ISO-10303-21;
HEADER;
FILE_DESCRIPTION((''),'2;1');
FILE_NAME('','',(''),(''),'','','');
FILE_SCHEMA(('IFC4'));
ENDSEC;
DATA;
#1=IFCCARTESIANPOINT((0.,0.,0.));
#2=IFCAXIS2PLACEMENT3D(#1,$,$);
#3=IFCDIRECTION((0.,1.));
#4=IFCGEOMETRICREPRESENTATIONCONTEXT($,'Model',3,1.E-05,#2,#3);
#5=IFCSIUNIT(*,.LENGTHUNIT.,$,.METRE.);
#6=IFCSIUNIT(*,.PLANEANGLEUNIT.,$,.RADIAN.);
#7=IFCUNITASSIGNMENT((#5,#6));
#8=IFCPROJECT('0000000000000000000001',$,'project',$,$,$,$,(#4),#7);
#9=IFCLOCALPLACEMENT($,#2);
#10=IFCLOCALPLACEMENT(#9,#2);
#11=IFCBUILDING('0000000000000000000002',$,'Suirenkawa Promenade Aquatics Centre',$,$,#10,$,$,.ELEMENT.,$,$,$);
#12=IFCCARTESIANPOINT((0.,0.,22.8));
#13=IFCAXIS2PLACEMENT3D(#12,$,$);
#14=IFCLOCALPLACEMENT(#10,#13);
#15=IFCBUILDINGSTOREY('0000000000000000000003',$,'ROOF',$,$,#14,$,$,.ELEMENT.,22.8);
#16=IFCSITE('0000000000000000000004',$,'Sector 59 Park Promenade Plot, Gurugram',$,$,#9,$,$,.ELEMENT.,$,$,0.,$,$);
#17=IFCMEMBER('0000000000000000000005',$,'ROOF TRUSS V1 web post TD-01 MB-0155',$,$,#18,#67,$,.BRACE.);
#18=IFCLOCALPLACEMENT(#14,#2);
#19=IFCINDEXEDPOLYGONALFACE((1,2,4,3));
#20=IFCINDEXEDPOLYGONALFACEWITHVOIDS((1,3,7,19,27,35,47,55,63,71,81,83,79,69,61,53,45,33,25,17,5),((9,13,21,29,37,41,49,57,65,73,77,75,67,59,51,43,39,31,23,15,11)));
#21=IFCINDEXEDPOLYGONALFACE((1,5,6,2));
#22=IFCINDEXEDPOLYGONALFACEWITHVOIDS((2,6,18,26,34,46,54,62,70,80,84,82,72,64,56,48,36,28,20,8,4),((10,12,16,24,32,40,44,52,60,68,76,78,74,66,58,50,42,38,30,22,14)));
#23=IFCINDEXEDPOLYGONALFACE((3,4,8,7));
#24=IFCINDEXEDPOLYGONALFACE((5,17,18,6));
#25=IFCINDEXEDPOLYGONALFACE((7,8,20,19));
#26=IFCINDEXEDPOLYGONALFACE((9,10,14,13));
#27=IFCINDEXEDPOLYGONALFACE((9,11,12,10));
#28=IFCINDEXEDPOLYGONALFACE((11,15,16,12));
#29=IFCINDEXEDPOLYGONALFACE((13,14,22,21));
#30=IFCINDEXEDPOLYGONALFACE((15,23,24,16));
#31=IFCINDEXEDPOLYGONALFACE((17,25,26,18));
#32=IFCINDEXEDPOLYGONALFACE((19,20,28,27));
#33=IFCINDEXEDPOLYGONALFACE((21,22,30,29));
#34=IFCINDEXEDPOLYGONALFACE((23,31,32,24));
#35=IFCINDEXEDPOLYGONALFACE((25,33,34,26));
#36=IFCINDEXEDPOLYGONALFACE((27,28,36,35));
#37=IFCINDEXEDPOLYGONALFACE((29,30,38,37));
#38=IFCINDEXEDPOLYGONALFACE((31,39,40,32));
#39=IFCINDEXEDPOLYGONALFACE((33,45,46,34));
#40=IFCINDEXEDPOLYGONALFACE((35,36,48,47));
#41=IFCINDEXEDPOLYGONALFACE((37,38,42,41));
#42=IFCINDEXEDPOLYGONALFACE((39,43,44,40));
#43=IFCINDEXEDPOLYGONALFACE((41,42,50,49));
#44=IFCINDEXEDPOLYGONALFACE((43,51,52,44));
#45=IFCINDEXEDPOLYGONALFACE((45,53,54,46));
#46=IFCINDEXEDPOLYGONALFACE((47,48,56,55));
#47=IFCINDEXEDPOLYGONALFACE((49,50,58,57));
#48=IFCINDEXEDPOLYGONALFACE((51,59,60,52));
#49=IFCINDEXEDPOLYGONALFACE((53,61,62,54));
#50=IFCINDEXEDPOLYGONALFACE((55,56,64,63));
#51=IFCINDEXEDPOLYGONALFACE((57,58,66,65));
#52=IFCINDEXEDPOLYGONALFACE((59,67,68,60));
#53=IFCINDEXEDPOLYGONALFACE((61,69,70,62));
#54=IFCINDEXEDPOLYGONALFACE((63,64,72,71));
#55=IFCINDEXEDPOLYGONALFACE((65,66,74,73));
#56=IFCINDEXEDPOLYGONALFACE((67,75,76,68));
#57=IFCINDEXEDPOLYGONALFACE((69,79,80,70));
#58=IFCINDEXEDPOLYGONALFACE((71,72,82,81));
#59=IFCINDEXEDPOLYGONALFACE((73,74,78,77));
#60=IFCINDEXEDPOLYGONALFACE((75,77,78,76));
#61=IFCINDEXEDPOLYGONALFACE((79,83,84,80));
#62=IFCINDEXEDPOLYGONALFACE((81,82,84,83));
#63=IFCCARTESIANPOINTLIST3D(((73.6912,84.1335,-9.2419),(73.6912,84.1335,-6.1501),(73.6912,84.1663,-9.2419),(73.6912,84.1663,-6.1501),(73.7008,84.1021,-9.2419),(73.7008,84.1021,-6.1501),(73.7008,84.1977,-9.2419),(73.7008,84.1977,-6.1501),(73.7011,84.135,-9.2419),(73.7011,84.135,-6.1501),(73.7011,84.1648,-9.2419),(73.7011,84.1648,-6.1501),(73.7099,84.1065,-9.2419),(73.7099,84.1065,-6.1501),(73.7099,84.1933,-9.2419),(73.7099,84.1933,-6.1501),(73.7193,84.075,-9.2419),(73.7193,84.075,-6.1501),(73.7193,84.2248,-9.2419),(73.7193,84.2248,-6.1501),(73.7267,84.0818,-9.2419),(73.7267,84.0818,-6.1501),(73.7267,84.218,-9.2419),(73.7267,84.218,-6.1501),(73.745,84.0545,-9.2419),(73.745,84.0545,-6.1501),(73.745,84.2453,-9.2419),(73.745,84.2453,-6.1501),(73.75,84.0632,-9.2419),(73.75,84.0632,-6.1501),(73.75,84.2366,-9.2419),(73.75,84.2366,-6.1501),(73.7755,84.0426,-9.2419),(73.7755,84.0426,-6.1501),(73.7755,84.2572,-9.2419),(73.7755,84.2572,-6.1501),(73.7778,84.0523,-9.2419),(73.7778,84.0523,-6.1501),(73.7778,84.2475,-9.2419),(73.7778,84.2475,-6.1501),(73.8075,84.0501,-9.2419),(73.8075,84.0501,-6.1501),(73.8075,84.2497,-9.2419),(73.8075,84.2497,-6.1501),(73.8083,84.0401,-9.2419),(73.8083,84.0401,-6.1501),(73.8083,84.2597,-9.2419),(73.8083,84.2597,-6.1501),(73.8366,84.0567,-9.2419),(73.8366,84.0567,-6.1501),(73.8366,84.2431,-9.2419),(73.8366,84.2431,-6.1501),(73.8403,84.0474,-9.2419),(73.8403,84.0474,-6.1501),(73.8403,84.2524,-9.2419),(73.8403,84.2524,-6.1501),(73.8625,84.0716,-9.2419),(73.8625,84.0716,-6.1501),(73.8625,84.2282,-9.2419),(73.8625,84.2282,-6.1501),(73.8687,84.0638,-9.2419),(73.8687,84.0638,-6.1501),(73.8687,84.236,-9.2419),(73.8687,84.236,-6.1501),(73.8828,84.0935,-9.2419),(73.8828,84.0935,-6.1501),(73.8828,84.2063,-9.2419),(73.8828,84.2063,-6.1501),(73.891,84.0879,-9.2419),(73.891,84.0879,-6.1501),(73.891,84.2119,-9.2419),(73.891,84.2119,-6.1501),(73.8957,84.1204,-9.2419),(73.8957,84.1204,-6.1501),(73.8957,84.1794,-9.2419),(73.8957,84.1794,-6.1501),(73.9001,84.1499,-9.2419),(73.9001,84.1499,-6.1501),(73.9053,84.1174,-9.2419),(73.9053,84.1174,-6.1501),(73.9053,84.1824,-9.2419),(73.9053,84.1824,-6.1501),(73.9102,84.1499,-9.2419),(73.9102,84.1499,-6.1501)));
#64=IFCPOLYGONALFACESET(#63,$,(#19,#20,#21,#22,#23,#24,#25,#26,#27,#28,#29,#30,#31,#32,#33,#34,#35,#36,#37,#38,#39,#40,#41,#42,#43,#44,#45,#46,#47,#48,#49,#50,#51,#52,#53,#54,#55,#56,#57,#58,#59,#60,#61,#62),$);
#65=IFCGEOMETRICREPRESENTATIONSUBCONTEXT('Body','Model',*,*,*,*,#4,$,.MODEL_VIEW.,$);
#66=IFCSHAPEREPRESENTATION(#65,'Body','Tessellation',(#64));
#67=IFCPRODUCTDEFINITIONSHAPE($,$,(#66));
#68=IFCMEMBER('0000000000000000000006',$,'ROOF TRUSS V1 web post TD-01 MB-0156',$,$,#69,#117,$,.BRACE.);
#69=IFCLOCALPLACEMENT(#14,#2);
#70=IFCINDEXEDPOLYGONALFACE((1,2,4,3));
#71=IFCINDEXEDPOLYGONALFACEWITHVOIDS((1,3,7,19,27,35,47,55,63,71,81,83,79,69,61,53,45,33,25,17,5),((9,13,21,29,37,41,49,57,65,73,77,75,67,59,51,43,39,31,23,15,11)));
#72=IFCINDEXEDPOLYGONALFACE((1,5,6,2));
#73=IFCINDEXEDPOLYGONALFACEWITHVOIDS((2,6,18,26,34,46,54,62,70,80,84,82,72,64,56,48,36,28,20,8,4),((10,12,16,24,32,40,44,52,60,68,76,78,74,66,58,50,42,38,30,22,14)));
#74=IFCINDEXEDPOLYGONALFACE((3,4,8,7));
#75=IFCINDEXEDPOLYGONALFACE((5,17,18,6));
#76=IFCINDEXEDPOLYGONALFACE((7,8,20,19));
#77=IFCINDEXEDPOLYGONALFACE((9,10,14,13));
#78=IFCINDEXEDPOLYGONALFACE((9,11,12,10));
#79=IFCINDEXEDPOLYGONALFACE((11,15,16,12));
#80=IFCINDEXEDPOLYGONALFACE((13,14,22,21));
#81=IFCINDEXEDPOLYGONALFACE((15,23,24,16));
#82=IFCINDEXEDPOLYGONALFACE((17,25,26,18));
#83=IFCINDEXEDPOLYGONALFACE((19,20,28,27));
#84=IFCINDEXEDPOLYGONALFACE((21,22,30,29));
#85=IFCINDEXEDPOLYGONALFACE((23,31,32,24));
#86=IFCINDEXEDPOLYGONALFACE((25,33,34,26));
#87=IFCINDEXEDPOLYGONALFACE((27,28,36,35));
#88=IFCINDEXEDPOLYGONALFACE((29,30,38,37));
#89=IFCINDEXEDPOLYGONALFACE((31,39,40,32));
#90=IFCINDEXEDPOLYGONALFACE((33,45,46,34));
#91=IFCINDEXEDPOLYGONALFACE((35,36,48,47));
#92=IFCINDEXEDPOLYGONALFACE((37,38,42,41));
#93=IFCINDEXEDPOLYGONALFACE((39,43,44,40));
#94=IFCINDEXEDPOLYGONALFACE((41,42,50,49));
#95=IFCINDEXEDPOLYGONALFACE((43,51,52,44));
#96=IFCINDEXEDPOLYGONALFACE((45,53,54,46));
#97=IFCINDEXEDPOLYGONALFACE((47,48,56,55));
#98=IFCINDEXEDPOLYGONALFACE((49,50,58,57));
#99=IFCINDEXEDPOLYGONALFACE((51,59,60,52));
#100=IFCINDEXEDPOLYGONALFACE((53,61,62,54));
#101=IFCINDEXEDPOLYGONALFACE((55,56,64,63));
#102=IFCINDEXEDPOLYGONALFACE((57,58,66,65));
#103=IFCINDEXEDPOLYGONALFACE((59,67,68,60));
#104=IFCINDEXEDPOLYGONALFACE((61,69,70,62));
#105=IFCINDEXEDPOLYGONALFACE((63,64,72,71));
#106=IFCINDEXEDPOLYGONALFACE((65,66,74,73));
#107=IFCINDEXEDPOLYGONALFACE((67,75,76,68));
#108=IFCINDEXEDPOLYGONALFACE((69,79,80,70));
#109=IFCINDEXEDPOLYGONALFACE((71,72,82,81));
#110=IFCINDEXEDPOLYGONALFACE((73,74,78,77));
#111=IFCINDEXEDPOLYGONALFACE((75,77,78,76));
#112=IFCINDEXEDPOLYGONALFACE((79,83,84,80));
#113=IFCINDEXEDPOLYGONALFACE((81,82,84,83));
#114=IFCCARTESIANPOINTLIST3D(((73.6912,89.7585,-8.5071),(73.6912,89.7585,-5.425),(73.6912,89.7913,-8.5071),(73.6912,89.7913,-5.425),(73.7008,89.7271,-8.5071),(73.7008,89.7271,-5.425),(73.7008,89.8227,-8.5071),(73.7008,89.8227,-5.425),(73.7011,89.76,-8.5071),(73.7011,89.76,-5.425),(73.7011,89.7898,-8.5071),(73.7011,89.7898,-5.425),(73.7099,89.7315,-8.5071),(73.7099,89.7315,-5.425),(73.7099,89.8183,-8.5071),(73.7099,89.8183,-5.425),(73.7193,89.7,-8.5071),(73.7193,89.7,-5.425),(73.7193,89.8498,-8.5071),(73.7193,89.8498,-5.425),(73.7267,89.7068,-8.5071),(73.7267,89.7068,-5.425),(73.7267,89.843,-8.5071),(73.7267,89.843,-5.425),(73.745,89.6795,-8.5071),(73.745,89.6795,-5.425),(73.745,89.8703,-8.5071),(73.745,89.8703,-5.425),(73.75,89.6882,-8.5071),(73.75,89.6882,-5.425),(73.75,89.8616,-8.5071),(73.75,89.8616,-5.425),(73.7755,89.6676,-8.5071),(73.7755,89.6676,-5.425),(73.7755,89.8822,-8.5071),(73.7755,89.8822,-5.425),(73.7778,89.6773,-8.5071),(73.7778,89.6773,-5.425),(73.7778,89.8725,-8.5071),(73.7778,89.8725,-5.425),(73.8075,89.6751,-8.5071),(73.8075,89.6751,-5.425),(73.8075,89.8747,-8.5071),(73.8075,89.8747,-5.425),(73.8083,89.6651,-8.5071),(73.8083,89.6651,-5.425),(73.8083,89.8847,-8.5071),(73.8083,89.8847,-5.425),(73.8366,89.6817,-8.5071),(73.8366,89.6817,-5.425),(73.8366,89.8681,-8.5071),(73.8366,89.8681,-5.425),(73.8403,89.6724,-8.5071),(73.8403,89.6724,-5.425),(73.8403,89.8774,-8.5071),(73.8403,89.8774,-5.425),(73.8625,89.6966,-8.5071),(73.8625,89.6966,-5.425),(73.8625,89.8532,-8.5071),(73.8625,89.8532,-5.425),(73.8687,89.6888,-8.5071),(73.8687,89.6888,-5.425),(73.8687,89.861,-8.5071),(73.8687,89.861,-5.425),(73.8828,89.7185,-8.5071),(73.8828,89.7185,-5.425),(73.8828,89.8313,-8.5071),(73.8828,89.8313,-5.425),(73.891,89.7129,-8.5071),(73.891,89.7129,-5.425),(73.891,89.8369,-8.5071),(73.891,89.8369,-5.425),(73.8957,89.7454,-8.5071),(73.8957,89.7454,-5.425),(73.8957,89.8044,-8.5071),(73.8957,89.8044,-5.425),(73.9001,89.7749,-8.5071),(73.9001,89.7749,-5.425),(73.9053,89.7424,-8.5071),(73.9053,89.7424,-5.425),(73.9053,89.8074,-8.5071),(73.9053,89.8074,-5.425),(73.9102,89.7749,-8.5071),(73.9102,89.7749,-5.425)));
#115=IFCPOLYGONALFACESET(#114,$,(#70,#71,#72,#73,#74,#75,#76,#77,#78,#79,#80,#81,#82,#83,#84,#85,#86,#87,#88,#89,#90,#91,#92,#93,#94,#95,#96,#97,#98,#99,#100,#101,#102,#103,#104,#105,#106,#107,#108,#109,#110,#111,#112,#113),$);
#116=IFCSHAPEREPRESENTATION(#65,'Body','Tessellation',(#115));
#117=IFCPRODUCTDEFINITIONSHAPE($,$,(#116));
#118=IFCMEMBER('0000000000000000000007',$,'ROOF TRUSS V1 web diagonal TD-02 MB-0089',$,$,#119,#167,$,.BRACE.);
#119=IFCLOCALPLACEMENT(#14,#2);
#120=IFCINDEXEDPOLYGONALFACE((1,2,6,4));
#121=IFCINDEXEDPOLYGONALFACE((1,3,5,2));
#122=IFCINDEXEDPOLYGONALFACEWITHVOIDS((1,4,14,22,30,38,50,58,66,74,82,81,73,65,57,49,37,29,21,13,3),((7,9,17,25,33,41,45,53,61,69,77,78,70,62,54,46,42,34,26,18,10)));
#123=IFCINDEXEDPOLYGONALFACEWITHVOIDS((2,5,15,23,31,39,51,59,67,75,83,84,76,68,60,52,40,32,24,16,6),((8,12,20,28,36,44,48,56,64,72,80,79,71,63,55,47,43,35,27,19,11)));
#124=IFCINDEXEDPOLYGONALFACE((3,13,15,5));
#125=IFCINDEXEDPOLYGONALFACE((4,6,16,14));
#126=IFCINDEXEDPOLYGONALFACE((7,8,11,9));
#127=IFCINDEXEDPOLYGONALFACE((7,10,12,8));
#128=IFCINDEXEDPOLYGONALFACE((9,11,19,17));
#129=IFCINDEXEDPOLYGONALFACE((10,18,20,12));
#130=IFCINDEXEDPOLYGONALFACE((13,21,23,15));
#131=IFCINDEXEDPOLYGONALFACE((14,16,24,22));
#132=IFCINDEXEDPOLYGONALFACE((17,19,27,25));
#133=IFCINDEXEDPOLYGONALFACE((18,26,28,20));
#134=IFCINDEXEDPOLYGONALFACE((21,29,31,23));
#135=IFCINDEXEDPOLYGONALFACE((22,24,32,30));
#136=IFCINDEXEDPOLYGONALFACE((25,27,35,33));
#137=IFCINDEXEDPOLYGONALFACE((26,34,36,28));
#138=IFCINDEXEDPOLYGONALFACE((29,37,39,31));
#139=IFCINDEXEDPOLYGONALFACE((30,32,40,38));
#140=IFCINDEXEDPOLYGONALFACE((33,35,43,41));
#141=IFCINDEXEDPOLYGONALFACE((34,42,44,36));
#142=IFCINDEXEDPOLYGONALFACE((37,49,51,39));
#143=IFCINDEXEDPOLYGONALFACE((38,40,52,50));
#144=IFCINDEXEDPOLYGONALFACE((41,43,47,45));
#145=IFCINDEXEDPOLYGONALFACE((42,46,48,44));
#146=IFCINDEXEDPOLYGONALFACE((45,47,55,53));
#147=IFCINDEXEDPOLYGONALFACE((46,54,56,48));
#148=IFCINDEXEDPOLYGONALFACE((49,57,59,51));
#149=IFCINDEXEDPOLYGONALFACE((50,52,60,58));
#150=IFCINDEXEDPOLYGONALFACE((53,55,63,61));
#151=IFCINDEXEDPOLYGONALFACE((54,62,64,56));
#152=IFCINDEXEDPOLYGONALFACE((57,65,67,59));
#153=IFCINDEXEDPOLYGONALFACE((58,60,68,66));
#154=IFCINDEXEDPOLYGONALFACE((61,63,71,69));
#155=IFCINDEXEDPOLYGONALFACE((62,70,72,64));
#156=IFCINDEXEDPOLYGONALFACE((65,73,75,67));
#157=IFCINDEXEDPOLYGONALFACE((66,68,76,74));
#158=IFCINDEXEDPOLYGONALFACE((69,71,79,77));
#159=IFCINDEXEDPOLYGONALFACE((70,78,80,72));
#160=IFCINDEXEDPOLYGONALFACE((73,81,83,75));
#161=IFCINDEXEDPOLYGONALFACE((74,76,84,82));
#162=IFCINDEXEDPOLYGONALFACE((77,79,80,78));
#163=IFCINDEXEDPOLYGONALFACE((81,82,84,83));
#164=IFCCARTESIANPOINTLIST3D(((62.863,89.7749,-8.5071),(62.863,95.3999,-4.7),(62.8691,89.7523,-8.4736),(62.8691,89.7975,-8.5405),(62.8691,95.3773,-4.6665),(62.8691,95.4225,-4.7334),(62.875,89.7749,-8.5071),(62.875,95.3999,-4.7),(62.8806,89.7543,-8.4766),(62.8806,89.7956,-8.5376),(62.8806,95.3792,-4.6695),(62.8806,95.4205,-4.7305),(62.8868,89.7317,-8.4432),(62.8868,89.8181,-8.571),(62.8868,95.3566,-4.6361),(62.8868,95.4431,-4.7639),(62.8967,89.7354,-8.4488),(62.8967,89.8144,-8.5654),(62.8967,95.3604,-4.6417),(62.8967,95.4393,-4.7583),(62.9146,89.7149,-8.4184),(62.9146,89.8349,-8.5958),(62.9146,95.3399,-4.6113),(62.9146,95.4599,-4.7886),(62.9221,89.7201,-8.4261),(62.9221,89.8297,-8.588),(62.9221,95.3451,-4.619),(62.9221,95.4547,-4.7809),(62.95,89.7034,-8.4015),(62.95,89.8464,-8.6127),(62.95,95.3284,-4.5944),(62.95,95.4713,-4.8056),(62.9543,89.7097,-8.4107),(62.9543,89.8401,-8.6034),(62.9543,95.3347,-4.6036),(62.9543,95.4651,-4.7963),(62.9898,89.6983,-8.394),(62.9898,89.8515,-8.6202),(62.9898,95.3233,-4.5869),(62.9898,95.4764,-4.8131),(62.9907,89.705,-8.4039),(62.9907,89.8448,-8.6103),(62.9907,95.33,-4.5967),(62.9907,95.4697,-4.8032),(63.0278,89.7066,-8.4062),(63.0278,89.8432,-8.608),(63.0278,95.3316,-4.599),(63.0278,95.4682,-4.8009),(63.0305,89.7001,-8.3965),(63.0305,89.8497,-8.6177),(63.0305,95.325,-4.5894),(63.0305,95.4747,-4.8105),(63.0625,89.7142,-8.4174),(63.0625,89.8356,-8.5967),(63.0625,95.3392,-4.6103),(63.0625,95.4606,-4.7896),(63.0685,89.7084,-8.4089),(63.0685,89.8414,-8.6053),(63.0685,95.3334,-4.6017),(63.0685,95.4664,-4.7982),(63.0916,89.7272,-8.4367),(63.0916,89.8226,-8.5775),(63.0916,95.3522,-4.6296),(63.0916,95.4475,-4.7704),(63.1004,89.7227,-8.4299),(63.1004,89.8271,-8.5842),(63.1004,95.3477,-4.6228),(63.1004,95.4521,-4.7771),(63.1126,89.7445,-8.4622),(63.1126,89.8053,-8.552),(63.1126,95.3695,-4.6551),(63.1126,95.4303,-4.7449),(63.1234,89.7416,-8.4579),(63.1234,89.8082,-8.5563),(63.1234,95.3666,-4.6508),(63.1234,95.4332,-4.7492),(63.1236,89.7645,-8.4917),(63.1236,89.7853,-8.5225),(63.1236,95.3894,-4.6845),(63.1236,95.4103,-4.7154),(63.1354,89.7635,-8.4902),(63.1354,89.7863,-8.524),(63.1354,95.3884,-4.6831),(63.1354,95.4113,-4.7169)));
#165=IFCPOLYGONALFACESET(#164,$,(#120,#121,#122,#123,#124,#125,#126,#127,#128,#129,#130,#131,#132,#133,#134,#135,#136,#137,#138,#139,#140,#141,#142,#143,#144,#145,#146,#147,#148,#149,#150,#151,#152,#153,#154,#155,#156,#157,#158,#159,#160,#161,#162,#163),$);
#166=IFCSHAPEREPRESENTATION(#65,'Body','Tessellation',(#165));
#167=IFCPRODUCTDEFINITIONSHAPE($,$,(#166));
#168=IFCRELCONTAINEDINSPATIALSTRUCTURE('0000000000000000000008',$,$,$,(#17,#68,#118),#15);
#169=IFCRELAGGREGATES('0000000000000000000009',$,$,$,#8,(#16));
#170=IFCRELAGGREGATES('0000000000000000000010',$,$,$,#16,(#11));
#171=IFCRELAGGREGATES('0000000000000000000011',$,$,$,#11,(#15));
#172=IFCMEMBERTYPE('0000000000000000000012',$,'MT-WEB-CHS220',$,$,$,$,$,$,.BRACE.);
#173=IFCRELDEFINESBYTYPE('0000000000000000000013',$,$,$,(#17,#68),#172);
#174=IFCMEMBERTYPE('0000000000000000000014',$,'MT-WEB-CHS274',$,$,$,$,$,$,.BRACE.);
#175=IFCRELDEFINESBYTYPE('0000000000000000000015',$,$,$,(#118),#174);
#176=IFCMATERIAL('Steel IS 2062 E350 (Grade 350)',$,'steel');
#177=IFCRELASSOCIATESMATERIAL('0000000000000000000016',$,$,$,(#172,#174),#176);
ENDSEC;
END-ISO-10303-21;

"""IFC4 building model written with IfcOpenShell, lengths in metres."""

from ifc_helpers import new_model, si_unit, direction, frame, origin, origin_2d, place, context, subcontext, project, spatial, hollow_circle, extrude, material, material_profile, profile_set, type_object, element, save


model = new_model("IFC4")

# Units and contexts
model_context = context("Model", 3, precision=1e-05, world=origin(), true_north=direction((0.0, 1.0)))
body_context = subcontext(model_context, "Body", "Model", "MODEL_VIEW")
ifc_project = project(units=[si_unit("LENGTHUNIT", "METRE"), si_unit("PLANEANGLEUNIT", "RADIAN")], contexts=[model_context])

# Site, building, storey
site_placement = place(None, origin())
site = spatial("IfcSite", under=ifc_project, at=site_placement, Name="Sector 59 Park Promenade Plot, Gurugram", CompositionType="ELEMENT", RefElevation=0.0)
building_placement = place(site_placement, origin())
building = spatial("IfcBuilding", under=site, at=building_placement, Name="Suirenkawa Promenade Aquatics Centre", CompositionType="ELEMENT")
storey_placement = place(building_placement, frame((0.0, 0.0, 22.8)))
storey = spatial("IfcBuildingStorey", under=building, at=storey_placement, Name="ROOF", CompositionType="ELEMENT", Elevation=22.8)

# Shared definitions
ifc_material = material(Name="Steel IS 2062 E350 (Grade 350)", Category="steel")

# Members
ifc_material_profile_1 = material_profile(ifc_material, hollow_circle(Radius=0.1101, WallThickness=0.01, at=origin_2d()), Name="CHS 220x10", Category="steel")
ifc_profile_set_1 = profile_set([ifc_material_profile_1], Name="Steel IS 2062 E350 (Grade 350)")
member_type_1 = type_object("IfcMemberType", Name="MT-WEB-CHS220", PredefinedType="BRACE", material=ifc_profile_set_1)
member_1_placement = place(storey_placement, frame((73.8, 84.1499, -9.2419), z_axis=(0.0, 0.0, 1.0), x_axis=(1.0, 0.0, 0.0)))
element("IfcMember", 1, at=member_1_placement, inside=storey, type_object=member_type_1, Name="ROOF TRUSS V1 web post TD-01 MB-0155", PredefinedType="BRACE", context=body_context, shape_type="SweptSolid", body=[
    extrude(hollow_circle(Radius=0.1101, WallThickness=0.01, at=origin_2d()), origin(), (0.0, 0.0, 1.0), 3.0918),
])
member_2_placement = place(storey_placement, frame((73.8, 89.7749, -8.5071), z_axis=(0.0, 0.0, 1.0), x_axis=(1.0, 0.0, 0.0)))
element("IfcMember", 2, at=member_2_placement, inside=storey, type_object=member_type_1, Name="ROOF TRUSS V1 web post TD-01 MB-0156", PredefinedType="BRACE", context=body_context, shape_type="SweptSolid", body=[
    extrude(hollow_circle(Radius=0.1101, WallThickness=0.01, at=origin_2d()), origin(), (0.0, 0.0, 1.0), 3.082),
])
ifc_material_profile_2 = material_profile(ifc_material, hollow_circle(Radius=0.137, WallThickness=0.012, at=origin_2d()), Name="CHS 274x12", Category="steel")
ifc_profile_set_2 = profile_set([ifc_material_profile_2], Name="Steel IS 2062 E350 (Grade 350)")
member_type_2 = type_object("IfcMemberType", Name="MT-WEB-CHS274", PredefinedType="BRACE", material=ifc_profile_set_2)
for number, where, z_axis, x_axis, name in (
    (3, (63.0, 89.7749, -8.5071), (0.0, 0.828148, 0.56051), (-1.0, 0.0, 0.0), "ROOF TRUSS V1 web diagonal TD-02 MB-0089"),
):
    element("IfcMember", number, at=place(storey_placement, frame(where, z_axis=z_axis, x_axis=x_axis)), inside=storey, type_object=member_type_2, Name=name, PredefinedType="BRACE", context=body_context, shape_type="SweptSolid", body=[
        extrude(hollow_circle(Radius=0.137, WallThickness=0.012, at=origin_2d()), origin(), (0.0, 0.0, 1.0), 6.7922),
    ])

save(model, "model.ifc")
